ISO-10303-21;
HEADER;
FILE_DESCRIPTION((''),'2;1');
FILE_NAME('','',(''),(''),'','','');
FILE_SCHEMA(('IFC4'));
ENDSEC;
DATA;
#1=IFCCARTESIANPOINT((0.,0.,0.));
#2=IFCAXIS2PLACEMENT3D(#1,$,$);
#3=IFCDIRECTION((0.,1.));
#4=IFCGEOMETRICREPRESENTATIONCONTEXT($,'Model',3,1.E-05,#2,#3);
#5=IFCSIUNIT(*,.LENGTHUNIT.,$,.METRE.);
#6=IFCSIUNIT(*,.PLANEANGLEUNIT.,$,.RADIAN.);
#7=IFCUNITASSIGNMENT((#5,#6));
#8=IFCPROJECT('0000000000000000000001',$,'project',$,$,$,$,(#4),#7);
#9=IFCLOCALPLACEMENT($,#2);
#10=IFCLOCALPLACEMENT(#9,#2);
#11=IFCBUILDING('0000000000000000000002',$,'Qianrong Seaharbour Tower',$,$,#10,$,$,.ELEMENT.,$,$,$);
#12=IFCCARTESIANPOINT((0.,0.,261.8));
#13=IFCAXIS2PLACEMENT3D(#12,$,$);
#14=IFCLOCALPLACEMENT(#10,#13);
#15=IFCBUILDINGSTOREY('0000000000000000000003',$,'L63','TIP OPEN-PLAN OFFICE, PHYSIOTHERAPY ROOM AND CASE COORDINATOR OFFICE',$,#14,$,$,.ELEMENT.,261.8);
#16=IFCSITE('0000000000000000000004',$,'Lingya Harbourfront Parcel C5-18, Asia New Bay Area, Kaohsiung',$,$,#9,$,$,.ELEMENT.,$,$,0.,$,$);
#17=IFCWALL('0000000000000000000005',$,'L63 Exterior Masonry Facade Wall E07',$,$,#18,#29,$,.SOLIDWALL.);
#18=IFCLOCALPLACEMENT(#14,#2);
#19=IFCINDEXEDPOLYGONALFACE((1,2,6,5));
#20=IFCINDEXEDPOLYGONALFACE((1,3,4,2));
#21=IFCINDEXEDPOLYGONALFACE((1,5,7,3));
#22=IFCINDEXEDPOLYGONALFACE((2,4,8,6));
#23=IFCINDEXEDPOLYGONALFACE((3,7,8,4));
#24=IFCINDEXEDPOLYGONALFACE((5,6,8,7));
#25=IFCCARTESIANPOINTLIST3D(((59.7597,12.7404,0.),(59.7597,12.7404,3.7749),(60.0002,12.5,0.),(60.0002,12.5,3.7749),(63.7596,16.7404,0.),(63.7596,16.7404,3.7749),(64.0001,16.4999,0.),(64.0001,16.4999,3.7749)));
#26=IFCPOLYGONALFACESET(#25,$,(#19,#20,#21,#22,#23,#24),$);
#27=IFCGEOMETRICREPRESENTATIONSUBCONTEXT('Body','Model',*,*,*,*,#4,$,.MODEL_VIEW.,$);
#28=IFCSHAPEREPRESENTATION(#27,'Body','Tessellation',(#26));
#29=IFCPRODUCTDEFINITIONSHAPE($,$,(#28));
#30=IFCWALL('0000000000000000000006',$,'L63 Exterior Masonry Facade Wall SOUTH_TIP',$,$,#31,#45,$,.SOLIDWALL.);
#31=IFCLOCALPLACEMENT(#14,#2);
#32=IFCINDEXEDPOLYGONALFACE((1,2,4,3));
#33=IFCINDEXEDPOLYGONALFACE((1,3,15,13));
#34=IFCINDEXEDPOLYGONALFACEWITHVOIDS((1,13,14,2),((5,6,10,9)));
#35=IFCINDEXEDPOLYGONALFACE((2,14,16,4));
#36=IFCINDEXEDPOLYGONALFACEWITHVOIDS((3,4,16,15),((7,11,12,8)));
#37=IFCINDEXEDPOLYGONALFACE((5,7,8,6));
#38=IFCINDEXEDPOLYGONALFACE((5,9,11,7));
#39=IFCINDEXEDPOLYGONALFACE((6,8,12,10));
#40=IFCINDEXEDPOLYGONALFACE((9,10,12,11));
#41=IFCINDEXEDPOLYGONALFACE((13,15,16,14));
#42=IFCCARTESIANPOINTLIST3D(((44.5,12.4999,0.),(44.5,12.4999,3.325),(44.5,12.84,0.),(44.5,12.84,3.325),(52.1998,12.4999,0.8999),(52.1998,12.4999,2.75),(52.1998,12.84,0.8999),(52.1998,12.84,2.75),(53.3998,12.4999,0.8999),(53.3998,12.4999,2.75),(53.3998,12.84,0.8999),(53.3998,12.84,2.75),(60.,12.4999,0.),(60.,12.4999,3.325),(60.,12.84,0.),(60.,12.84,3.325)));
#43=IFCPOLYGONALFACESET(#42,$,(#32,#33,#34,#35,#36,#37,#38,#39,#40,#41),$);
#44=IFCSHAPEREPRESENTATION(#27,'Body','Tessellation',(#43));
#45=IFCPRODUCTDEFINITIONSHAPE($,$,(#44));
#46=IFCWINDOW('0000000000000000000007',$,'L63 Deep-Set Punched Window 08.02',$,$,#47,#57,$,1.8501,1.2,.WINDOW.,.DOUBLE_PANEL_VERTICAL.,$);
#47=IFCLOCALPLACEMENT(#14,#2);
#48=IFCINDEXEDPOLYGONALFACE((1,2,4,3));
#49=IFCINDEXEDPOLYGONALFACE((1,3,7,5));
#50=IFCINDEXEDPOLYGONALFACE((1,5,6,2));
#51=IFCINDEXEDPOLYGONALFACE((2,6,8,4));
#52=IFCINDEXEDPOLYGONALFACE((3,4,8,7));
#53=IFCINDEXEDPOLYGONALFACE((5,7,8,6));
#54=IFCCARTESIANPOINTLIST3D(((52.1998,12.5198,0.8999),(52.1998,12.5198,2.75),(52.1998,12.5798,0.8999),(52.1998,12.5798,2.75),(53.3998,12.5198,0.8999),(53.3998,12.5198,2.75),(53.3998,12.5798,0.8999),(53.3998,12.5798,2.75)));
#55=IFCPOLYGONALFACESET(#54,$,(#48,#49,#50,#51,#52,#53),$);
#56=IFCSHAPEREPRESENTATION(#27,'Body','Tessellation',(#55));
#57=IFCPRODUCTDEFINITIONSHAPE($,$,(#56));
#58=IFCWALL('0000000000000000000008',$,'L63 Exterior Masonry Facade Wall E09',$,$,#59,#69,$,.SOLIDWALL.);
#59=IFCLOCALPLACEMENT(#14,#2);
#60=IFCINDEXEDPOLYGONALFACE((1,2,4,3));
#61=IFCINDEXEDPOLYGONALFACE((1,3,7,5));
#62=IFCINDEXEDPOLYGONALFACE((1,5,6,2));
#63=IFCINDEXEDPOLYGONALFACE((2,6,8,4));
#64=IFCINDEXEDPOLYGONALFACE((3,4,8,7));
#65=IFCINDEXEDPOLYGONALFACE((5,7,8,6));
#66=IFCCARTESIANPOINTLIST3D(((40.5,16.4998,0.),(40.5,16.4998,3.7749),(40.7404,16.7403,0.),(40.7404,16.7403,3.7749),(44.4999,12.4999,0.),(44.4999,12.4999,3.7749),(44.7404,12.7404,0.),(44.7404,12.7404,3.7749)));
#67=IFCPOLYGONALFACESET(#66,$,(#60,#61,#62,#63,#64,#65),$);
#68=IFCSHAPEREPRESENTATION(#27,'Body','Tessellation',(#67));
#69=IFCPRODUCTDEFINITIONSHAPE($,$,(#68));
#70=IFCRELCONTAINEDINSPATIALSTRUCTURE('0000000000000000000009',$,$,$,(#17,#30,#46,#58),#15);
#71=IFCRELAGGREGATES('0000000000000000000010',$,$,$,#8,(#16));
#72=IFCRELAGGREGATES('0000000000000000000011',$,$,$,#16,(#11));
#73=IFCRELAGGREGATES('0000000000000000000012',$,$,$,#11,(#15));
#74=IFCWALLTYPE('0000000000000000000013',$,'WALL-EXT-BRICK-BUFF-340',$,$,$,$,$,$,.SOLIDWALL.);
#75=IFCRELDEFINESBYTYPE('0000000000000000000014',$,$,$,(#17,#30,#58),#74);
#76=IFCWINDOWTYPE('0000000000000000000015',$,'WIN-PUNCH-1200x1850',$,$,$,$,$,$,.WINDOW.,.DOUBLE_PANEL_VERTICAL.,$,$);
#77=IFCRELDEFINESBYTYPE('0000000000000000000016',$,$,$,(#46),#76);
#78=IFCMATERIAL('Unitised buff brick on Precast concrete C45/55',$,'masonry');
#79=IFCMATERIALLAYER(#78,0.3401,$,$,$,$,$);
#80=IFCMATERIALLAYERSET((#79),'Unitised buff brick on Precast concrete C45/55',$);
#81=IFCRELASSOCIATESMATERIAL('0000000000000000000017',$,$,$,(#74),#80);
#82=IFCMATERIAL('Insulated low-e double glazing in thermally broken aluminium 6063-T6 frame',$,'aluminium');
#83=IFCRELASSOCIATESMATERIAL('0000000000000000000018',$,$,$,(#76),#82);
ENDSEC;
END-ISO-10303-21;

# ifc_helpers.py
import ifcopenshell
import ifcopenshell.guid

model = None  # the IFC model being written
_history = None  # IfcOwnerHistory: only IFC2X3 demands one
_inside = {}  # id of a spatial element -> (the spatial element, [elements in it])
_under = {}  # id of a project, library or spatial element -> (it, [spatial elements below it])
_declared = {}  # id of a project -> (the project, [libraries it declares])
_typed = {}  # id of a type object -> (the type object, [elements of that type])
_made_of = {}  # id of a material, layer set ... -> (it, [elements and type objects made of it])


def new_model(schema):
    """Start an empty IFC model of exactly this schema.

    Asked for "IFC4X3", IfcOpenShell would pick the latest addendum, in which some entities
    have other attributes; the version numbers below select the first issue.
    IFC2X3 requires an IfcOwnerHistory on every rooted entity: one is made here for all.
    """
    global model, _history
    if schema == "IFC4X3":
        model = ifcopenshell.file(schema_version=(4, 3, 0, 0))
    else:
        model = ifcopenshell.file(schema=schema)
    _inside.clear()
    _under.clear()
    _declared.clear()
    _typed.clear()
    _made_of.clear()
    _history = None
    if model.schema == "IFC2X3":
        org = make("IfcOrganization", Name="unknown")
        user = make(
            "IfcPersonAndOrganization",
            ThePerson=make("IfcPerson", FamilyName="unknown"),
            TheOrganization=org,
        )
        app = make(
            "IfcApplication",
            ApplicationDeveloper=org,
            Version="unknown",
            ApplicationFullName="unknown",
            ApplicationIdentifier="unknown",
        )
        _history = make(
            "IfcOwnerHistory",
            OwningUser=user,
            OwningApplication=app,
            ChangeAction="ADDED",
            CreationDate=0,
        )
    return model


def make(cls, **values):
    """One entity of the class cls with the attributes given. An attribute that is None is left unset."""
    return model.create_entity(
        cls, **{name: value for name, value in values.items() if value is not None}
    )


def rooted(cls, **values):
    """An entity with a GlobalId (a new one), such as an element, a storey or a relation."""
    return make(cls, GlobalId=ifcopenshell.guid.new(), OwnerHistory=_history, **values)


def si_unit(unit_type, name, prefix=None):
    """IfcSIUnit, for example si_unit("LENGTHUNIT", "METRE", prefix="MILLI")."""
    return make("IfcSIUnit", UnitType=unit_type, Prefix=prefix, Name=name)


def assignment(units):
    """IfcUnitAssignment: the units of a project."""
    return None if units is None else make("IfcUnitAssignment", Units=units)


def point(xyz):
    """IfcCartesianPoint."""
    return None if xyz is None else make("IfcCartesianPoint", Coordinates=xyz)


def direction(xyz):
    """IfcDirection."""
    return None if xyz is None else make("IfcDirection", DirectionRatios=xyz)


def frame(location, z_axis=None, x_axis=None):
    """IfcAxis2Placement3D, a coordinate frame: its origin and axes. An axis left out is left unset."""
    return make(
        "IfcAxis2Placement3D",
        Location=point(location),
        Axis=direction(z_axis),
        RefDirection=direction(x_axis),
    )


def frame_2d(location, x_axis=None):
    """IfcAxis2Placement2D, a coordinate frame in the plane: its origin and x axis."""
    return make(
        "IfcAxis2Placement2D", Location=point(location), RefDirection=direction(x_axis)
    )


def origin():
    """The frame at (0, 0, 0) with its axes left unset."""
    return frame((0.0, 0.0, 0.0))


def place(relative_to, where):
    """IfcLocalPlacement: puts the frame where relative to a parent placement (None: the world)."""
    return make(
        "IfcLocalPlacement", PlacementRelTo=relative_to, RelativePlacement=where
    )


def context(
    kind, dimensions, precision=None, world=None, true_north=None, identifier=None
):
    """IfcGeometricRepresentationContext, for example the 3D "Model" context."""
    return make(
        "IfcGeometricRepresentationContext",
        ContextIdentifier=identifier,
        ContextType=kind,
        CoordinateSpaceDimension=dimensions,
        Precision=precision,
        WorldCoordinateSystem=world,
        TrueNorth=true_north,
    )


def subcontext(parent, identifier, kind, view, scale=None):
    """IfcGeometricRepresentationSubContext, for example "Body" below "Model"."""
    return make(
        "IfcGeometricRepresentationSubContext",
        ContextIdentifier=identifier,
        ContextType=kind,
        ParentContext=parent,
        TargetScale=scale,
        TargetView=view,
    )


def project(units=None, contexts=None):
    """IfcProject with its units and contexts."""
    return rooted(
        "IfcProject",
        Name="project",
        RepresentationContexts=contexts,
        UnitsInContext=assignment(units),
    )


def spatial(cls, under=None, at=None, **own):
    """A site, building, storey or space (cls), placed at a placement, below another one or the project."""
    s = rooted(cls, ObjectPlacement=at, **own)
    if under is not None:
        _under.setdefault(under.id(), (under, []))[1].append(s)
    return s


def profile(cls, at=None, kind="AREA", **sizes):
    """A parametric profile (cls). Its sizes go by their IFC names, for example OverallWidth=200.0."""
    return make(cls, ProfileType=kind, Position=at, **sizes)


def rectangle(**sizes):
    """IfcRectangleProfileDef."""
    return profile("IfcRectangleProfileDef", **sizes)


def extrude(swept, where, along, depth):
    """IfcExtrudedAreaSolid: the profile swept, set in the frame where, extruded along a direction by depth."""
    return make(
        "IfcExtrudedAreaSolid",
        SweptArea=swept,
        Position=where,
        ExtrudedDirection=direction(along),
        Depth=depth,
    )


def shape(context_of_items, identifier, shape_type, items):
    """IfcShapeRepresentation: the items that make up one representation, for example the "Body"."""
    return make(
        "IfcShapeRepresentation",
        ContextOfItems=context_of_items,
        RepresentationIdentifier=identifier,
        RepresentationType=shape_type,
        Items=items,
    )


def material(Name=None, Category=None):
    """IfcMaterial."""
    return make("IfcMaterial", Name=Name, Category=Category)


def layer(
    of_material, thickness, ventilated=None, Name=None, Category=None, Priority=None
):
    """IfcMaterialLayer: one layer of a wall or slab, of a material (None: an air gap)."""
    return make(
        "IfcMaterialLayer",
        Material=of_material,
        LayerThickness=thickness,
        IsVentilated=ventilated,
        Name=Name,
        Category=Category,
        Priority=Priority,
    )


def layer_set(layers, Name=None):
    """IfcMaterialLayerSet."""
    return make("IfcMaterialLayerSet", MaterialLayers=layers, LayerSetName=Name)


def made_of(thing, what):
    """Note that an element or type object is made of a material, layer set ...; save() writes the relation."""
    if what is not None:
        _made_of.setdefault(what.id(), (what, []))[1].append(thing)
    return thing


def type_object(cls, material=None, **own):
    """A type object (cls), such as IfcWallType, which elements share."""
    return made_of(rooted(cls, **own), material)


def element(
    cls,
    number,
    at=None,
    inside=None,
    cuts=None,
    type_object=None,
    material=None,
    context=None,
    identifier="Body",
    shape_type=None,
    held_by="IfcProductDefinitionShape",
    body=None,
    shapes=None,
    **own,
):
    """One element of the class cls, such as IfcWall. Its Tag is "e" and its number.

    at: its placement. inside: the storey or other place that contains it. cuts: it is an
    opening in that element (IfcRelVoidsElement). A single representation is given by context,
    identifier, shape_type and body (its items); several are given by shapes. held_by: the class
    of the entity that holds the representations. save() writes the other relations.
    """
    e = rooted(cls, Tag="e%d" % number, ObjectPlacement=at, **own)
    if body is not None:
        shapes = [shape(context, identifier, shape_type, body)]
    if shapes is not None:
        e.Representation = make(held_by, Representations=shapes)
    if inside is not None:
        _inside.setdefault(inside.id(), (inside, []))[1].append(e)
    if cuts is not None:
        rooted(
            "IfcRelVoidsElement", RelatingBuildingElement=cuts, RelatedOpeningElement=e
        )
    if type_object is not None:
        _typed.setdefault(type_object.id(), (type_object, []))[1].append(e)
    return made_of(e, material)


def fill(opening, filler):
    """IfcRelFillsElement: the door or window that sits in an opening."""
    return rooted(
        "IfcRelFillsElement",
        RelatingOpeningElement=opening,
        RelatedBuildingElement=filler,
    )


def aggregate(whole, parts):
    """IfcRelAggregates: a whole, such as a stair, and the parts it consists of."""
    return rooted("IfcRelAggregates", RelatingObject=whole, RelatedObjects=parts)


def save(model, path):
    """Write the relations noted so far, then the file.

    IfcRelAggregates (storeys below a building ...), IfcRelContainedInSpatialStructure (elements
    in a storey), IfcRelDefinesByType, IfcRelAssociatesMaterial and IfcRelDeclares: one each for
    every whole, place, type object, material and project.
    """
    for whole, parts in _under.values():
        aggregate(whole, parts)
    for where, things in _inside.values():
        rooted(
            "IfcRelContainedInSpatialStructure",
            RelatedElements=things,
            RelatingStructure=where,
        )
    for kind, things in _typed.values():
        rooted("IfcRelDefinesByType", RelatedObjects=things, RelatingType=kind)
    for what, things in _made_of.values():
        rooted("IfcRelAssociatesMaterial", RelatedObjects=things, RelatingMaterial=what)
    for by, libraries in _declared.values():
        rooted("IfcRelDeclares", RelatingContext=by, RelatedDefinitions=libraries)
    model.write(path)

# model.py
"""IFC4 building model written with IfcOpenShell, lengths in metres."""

from ifc_helpers import new_model, si_unit, direction, frame, frame_2d, origin, place, context, subcontext, project, spatial, rectangle, extrude, material, layer, layer_set, type_object, element, fill, save


model = new_model("IFC4")

# Units and contexts
model_context = context("Model", 3, precision=1e-05, world=origin(), true_north=direction((0.0, 1.0)))
body_context = subcontext(model_context, "Body", "Model", "MODEL_VIEW")
ifc_project = project(units=[si_unit("LENGTHUNIT", "METRE"), si_unit("PLANEANGLEUNIT", "RADIAN")], contexts=[model_context])

# Site, building, storey
site_placement = place(None, origin())
site = spatial("IfcSite", under=ifc_project, at=site_placement, Name="Lingya Harbourfront Parcel C5-18, Asia New Bay Area, Kaohsiung", CompositionType="ELEMENT", RefElevation=0.0)
building_placement = place(site_placement, origin())
building = spatial("IfcBuilding", under=site, at=building_placement, Name="Qianrong Seaharbour Tower", CompositionType="ELEMENT")
storey_placement = place(building_placement, frame((0.0, 0.0, 261.8)))
storey = spatial("IfcBuildingStorey", under=building, at=storey_placement, Name="L63", Description="TIP OPEN-PLAN OFFICE, PHYSIOTHERAPY ROOM AND CASE COORDINATOR OFFICE", CompositionType="ELEMENT", Elevation=261.8)

# Wall
ifc_material_1 = material(Name="Unitised buff brick on Precast concrete C45/55", Category="masonry")
ifc_layer_1 = layer(ifc_material_1, 0.3401)
ifc_layer_set_1 = layer_set([ifc_layer_1], Name="Unitised buff brick on Precast concrete C45/55")
wall_type_1 = type_object("IfcWallType", Name="WALL-EXT-BRICK-BUFF-340", PredefinedType="SOLIDWALL", material=ifc_layer_set_1)
wall_1_placement = place(storey_placement, frame((63.8799, 16.6201, 0.0), z_axis=(0.0, 0.0, 1.0), x_axis=(-0.707107, -0.707107, 0.0)))
element("IfcWall", 1, at=wall_1_placement, inside=storey, type_object=wall_type_1, Name="L63 Exterior Masonry Facade Wall E07", PredefinedType="SOLIDWALL", context=body_context, shape_type="SweptSolid", body=[
    extrude(rectangle(XDim=5.6567, YDim=0.3401, at=frame_2d((2.8284, 0.0))), origin(), (0.0, 0.0, 1.0), 3.7749),
])

# Wall, opening, window
wall_2_placement = place(storey_placement, frame((60.0, 12.6699, 0.0), z_axis=(0.0, 0.0, 1.0), x_axis=(-1.0, 0.0, 0.0)))
wall_2 = element("IfcWall", 2, at=wall_2_placement, inside=storey, type_object=wall_type_1, Name="L63 Exterior Masonry Facade Wall SOUTH_TIP", PredefinedType="SOLIDWALL", context=body_context, shape_type="SweptSolid", body=[
    extrude(rectangle(XDim=15.5, YDim=0.3401, at=frame_2d((7.75, 0.0))), origin(), (0.0, 0.0, 1.0), 3.325),
])
opening_placement = place(wall_2_placement, frame((6.6001, 0.0, 0.8999)))
opening = element("IfcOpeningElement", 3, at=opening_placement, cuts=wall_2, PredefinedType="OPENING", context=body_context, shape_type="SweptSolid", body=[
    extrude(rectangle(XDim=1.2, YDim=1.8501, at=frame_2d((0.6001, 0.925))), frame((0.0, 0.1802, 0.0), z_axis=(0.0, -1.0, 0.0), x_axis=(1.0, 0.0, 0.0)), (0.0, 0.0, 1.0), 0.3601),
])
ifc_material_2 = material(Name="Insulated low-e double glazing in thermally broken aluminium 6063-T6 frame", Category="aluminium")
window_type = type_object("IfcWindowType", Name="WIN-PUNCH-1200x1850", PartitioningType="DOUBLE_PANEL_VERTICAL", PredefinedType="WINDOW", material=ifc_material_2)
window_placement = place(opening_placement, origin())
window = element("IfcWindow", 4, at=window_placement, inside=storey, type_object=window_type, Name="L63 Deep-Set Punched Window 08.02", OverallHeight=1.8501, OverallWidth=1.2, PartitioningType="DOUBLE_PANEL_VERTICAL", PredefinedType="WINDOW", context=body_context, shape_type="SweptSolid", body=[
    extrude(rectangle(XDim=1.2, YDim=1.8501, at=frame_2d((0.6001, 0.925))), frame((0.0, 0.1501, 0.0), z_axis=(0.0, -1.0, 0.0), x_axis=(1.0, 0.0, 0.0)), (0.0, 0.0, 1.0), 0.0601),
])
fill(opening, window)

# Wall
wall_3_placement = place(storey_placement, frame((44.6201, 12.6201, 0.0), z_axis=(0.0, 0.0, 1.0), x_axis=(-0.707107, 0.707107, 0.0)))
element("IfcWall", 5, at=wall_3_placement, inside=storey, type_object=wall_type_1, Name="L63 Exterior Masonry Facade Wall E09", PredefinedType="SOLIDWALL", context=body_context, shape_type="SweptSolid", body=[
    extrude(rectangle(XDim=5.6567, YDim=0.3401, at=frame_2d((2.8284, 0.0))), origin(), (0.0, 0.0, 1.0), 3.7749),
])

save(model, "model.ifc")
